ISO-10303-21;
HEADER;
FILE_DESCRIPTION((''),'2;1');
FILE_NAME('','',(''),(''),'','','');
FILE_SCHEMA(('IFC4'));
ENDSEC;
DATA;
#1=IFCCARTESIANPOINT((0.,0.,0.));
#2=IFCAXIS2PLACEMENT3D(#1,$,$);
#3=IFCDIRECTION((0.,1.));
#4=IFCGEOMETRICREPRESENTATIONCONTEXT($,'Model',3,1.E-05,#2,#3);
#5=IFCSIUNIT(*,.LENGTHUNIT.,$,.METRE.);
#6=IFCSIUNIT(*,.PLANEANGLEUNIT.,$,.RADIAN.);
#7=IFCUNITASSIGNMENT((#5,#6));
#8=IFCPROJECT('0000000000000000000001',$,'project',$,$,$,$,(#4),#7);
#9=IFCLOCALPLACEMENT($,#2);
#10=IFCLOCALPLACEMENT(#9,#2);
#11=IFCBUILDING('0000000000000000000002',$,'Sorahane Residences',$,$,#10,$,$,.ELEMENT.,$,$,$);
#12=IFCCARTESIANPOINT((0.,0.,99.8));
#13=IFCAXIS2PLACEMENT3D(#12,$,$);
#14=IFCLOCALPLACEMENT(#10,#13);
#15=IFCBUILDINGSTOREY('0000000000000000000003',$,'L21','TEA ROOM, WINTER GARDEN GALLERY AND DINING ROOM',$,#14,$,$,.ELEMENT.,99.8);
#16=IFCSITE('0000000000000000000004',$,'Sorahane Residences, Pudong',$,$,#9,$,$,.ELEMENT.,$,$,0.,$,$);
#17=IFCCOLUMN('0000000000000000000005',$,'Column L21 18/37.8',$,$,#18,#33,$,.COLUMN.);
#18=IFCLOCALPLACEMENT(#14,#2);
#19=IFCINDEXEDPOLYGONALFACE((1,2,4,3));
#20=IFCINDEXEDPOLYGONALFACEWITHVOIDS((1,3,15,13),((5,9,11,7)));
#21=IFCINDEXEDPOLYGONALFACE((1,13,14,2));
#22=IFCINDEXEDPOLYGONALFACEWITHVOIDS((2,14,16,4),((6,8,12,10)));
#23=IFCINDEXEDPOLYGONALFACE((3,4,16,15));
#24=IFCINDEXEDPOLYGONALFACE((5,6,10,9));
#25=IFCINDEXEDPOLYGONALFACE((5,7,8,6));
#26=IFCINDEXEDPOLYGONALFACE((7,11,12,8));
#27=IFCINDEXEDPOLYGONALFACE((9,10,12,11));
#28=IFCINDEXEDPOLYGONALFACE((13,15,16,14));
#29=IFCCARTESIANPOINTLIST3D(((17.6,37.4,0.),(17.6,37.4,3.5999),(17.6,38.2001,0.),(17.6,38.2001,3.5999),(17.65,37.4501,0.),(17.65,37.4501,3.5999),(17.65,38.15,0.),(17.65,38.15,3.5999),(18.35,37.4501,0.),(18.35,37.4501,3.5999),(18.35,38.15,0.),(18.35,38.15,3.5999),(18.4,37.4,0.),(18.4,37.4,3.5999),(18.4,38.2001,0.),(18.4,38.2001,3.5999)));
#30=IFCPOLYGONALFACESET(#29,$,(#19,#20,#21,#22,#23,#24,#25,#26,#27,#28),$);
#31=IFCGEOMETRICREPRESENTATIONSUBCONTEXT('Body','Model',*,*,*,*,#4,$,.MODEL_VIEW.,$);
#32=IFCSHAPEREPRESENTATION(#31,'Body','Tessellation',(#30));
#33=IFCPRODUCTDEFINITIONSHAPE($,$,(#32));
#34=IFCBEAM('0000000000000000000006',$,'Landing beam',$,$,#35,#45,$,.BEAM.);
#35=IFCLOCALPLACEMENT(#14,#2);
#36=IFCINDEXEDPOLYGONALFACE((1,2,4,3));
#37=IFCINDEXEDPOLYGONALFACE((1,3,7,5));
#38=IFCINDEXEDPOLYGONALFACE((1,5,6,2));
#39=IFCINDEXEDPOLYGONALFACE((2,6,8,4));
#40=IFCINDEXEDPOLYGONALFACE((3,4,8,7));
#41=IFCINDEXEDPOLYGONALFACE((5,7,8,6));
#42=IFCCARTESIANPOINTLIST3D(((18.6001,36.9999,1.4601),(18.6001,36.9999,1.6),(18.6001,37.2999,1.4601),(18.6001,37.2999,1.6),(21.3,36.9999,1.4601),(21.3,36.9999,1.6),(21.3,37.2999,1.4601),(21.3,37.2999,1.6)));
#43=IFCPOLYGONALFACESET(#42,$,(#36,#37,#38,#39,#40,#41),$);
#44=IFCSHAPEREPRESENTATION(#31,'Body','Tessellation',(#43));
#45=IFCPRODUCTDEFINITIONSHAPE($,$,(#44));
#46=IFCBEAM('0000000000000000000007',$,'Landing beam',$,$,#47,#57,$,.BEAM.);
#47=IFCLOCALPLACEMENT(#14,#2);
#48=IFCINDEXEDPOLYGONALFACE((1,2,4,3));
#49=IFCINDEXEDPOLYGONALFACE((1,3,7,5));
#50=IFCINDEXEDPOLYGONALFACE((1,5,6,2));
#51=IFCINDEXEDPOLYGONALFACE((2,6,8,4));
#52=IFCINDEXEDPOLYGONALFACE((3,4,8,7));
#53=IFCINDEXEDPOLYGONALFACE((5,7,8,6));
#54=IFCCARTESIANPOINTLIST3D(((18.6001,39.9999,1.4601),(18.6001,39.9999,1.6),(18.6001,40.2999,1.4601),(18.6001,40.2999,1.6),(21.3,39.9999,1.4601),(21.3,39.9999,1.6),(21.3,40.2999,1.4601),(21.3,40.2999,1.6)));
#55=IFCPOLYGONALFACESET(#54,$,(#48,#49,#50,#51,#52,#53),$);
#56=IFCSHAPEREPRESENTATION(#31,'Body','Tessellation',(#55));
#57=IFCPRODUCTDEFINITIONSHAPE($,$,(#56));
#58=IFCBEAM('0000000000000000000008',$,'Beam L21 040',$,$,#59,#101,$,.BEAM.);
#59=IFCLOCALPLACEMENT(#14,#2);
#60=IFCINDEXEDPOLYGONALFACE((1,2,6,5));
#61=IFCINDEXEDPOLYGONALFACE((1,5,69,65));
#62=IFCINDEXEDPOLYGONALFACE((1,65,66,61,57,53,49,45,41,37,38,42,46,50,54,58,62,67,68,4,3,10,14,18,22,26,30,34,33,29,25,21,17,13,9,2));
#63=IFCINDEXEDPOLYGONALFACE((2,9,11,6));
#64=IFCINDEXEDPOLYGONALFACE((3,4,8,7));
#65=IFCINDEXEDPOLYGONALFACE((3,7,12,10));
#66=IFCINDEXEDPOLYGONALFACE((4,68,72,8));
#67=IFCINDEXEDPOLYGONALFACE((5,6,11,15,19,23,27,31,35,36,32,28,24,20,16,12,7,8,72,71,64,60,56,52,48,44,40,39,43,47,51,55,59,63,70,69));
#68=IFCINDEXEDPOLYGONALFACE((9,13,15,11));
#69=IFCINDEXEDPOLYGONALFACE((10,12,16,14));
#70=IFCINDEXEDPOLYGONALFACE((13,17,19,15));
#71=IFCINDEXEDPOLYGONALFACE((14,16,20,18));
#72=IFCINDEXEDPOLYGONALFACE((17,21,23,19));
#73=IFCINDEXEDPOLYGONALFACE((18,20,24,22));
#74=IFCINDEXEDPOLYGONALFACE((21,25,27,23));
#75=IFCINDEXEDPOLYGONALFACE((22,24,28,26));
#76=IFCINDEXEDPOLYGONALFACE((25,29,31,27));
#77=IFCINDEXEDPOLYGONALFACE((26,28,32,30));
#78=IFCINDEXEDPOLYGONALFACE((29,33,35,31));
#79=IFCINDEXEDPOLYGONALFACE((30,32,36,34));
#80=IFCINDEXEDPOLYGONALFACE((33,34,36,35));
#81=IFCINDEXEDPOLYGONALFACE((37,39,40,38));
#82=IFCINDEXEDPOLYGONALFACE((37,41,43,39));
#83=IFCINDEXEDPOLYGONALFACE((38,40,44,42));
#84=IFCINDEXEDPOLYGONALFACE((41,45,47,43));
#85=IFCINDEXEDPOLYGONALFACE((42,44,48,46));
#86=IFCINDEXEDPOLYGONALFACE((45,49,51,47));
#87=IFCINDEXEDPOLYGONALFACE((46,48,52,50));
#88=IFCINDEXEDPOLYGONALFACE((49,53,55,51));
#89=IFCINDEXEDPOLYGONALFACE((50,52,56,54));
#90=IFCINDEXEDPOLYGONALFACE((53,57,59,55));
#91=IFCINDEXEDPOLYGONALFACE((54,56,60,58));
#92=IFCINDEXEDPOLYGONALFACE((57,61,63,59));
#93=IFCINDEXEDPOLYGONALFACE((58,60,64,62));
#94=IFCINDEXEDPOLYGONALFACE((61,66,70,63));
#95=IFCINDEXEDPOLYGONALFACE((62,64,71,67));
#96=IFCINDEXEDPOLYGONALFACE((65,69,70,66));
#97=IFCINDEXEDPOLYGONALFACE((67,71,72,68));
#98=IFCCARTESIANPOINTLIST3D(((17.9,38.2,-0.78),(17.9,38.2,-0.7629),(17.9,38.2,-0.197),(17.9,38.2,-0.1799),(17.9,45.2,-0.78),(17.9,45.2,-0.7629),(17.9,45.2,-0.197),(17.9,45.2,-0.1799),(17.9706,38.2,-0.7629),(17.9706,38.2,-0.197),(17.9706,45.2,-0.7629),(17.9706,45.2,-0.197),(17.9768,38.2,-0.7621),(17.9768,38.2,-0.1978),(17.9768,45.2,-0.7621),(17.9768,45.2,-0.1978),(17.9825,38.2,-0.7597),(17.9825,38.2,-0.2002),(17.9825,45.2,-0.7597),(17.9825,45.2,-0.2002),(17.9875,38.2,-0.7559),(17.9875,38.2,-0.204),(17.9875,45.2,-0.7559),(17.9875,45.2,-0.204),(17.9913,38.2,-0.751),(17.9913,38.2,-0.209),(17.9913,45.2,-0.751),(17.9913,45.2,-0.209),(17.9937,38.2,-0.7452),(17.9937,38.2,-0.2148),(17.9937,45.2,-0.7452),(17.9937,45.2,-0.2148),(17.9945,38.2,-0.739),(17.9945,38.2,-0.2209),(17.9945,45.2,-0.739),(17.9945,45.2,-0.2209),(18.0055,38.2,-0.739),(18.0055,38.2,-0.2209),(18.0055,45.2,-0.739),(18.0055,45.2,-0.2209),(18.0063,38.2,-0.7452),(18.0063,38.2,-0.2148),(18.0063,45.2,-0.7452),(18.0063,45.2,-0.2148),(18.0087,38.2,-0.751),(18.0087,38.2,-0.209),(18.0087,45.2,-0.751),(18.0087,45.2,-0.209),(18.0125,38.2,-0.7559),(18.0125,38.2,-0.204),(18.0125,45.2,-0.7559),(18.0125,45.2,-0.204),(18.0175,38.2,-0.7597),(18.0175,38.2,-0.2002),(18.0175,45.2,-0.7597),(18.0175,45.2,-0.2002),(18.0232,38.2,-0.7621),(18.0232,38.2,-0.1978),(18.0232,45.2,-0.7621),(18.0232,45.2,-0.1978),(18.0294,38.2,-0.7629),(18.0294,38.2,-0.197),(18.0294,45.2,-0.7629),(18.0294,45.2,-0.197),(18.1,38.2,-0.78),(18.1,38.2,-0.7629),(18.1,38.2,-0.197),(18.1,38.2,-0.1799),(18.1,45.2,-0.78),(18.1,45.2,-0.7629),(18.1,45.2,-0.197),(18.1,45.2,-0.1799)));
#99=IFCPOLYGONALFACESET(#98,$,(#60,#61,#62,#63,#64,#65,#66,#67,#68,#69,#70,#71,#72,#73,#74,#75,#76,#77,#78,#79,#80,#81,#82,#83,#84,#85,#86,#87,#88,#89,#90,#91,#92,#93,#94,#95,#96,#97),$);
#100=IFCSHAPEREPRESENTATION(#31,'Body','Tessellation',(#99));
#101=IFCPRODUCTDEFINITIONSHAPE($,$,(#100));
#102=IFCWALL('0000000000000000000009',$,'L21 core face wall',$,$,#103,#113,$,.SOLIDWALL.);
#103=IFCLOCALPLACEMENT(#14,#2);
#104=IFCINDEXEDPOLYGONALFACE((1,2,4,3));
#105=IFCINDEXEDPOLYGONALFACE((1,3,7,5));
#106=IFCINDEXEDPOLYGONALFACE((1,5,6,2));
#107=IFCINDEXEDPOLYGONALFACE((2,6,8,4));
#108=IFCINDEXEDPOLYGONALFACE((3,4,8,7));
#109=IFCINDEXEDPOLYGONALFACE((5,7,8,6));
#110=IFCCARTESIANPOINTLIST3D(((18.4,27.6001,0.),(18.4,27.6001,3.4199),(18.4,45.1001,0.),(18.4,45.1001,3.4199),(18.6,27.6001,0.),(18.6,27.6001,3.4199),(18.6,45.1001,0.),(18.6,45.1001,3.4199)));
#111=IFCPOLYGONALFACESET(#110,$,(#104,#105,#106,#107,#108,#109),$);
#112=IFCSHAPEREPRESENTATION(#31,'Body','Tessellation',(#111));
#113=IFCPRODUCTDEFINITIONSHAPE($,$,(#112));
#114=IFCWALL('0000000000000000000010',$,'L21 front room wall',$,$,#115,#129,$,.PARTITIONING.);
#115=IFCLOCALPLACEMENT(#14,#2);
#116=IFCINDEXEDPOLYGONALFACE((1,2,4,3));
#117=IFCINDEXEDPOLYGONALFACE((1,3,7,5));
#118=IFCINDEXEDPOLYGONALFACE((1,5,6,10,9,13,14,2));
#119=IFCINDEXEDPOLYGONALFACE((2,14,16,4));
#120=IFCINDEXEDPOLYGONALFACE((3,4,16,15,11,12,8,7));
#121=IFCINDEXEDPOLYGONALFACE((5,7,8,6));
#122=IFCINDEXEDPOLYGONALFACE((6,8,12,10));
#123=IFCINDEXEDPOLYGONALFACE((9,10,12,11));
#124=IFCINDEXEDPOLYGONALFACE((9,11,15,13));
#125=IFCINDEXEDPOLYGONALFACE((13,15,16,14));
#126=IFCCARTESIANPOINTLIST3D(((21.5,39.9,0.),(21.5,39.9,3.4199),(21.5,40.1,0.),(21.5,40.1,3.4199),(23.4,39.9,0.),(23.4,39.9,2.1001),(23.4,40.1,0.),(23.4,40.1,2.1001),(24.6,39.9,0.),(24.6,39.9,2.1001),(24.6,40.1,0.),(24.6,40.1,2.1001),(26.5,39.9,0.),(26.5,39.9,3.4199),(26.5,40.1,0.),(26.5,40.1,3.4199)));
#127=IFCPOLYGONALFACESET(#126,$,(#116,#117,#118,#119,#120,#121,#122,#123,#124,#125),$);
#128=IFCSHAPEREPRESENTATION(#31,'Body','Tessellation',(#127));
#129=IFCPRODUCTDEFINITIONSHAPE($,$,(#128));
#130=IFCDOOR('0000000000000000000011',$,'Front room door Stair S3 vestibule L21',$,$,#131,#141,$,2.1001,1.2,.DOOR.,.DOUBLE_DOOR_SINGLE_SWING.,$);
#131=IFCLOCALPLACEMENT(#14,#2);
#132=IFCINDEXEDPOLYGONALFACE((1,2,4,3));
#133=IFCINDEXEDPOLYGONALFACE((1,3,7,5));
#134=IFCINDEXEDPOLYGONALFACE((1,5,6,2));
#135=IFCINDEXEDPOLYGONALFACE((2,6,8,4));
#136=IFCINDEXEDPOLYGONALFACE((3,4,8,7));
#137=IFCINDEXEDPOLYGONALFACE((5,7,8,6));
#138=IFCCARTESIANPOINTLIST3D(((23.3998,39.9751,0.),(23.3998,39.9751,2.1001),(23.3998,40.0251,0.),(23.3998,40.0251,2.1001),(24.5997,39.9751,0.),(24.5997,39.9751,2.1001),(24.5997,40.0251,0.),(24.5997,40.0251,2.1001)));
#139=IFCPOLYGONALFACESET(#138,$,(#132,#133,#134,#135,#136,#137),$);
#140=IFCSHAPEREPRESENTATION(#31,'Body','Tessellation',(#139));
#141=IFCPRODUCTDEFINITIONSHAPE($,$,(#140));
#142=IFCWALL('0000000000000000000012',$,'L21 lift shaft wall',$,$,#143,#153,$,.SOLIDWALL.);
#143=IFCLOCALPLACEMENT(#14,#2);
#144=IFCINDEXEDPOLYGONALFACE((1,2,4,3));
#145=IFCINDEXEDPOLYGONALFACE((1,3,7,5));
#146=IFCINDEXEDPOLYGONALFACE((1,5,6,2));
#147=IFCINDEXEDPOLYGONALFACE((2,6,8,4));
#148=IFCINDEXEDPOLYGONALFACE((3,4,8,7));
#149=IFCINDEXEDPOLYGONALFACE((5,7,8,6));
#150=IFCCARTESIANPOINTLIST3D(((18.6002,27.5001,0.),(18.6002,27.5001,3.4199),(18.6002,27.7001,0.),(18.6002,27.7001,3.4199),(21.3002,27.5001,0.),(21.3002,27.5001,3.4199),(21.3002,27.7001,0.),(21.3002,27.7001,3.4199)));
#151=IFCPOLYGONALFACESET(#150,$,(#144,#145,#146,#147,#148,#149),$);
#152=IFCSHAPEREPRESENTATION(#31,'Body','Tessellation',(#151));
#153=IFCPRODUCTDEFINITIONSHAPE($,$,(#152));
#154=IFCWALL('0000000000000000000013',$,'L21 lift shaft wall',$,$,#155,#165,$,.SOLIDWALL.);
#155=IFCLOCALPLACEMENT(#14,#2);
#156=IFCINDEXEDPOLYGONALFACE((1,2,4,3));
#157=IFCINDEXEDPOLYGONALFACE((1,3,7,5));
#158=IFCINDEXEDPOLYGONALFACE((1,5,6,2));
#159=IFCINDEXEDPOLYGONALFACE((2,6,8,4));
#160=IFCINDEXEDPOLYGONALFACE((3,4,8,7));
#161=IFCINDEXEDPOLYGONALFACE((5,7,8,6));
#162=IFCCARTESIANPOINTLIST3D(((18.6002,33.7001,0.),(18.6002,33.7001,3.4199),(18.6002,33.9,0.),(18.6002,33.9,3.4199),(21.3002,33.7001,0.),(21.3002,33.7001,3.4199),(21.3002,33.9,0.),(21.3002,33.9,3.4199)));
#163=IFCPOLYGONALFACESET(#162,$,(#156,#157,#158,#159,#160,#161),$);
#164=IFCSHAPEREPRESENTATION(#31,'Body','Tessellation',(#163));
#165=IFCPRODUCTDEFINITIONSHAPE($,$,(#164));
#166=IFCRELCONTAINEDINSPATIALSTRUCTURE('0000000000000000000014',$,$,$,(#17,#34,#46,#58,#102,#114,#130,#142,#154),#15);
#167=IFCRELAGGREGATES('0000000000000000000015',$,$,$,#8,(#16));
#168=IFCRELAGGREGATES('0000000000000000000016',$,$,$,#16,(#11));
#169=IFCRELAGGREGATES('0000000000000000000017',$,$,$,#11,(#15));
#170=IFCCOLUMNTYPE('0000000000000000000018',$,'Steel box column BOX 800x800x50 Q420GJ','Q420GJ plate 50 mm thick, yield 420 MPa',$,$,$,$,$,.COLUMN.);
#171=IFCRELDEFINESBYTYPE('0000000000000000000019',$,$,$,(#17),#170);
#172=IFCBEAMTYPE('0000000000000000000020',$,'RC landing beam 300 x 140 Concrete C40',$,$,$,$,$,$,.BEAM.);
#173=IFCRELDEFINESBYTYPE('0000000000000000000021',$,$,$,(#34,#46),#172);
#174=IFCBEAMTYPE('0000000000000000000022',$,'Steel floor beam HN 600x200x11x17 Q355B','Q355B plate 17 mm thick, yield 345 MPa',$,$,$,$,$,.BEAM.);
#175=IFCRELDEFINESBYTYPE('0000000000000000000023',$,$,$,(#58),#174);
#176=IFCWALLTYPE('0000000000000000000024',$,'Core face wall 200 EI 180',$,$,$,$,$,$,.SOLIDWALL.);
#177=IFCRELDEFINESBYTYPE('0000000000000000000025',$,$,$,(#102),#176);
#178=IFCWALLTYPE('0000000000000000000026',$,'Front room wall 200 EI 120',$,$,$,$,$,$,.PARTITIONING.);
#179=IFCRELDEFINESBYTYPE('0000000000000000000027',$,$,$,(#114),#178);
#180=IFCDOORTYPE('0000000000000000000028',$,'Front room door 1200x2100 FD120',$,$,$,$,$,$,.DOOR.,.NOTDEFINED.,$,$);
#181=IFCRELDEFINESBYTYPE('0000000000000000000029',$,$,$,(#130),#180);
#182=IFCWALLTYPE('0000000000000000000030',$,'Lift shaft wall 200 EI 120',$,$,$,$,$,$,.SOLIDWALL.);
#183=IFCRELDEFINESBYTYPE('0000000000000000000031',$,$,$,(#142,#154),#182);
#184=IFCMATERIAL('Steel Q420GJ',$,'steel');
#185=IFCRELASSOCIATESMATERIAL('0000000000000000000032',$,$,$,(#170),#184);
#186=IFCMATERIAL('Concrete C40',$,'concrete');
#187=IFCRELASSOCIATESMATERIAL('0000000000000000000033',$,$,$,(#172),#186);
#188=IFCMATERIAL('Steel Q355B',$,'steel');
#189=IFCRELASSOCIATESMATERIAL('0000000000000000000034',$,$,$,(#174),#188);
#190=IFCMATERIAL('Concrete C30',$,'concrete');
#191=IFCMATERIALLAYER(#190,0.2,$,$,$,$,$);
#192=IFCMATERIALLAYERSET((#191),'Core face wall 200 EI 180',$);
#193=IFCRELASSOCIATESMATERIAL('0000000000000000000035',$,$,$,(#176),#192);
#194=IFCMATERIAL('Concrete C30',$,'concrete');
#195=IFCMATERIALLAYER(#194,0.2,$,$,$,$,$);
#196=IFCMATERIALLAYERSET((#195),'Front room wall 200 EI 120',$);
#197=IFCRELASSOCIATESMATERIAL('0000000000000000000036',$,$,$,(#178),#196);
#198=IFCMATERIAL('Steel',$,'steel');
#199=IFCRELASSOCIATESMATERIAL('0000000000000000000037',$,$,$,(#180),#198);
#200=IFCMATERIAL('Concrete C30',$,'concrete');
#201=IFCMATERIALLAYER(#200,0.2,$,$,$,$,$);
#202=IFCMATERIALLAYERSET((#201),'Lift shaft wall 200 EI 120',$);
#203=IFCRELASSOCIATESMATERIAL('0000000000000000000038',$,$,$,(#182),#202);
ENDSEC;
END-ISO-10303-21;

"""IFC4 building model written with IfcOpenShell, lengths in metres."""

from ifc_helpers import new_model, si_unit, direction, frame, frame_2d, origin, origin_2d, place, context, subcontext, project, spatial, rectangle, hollow_rectangle, i_section, extrude, material, layer, layer_set, material_profile, profile_set, type_object, element, fill, save


model = new_model("IFC4")

# Units and contexts
model_context = context("Model", 3, precision=1e-05, world=origin(), true_north=direction((0.0, 1.0)))
body_context = subcontext(model_context, "Body", "Model", "MODEL_VIEW")
ifc_project = project(units=[si_unit("LENGTHUNIT", "METRE"), si_unit("PLANEANGLEUNIT", "RADIAN")], contexts=[model_context])

# Site, building, storey
site_placement = place(None, origin())
site = spatial("IfcSite", under=ifc_project, at=site_placement, Name="Sorahane Residences, Pudong", CompositionType="ELEMENT", RefElevation=0.0)
building_placement = place(site_placement, origin())
building = spatial("IfcBuilding", under=site, at=building_placement, Name="Sorahane Residences", CompositionType="ELEMENT")
storey_placement = place(building_placement, frame((0.0, 0.0, 99.8)))
storey = spatial("IfcBuildingStorey", under=building, at=storey_placement, Name="L21", Description="TEA ROOM, WINTER GARDEN GALLERY AND DINING ROOM", CompositionType="ELEMENT", Elevation=99.8)

# Column
ifc_material_1 = material(Name="Steel Q420GJ", Category="steel")
ifc_material_profile_1 = material_profile(ifc_material_1, hollow_rectangle(XDim=0.8, YDim=0.8, WallThickness=0.05, at=origin_2d()), Name="BOX 800x800x50")
ifc_profile_set_1 = profile_set([ifc_material_profile_1], Name="Steel Q420GJ")
column_type = type_object("IfcColumnType", Name="Steel box column BOX 800x800x50 Q420GJ", Description="Q420GJ plate 50 mm thick, yield 420 MPa", PredefinedType="COLUMN", material=ifc_profile_set_1)
column_placement = place(storey_placement, frame((18.0, 37.8, 0.0), z_axis=(0.0, 0.0, 1.0), x_axis=(1.0, 0.0, 0.0)))
element("IfcColumn", 1, at=column_placement, inside=storey, type_object=column_type, Name="Column L21 18/37.8", PredefinedType="COLUMN", context=body_context, shape_type="SweptSolid", body=[
    extrude(hollow_rectangle(XDim=0.8, YDim=0.8, WallThickness=0.05, at=origin_2d()), origin(), (0.0, 0.0, 1.0), 3.5999),
])

# Beams
ifc_material_2 = material(Name="Concrete C40", Category="concrete")
ifc_material_profile_2 = material_profile(ifc_material_2, rectangle(XDim=0.3, YDim=0.1399, at=origin_2d()), Name="300x140")
ifc_profile_set_2 = profile_set([ifc_material_profile_2], Name="Concrete C40")
beam_type_1 = type_object("IfcBeamType", Name="RC landing beam 300 x 140 Concrete C40", PredefinedType="BEAM", material=ifc_profile_set_2)
for number, where, z_axis, x_axis, name in (
    (2, (18.6001, 37.1499, 1.53), (1.0, 0.0, 0.0), (0.0, 1.0, 0.0), "Landing beam"),
    (3, (18.6001, 40.1499, 1.53), (1.0, 0.0, 0.0), (0.0, 1.0, 0.0), "Landing beam"),
):
    element("IfcBeam", number, at=place(storey_placement, frame(where, z_axis=z_axis, x_axis=x_axis)), inside=storey, type_object=beam_type_1, Name=name, PredefinedType="BEAM", context=body_context, shape_type="SweptSolid", body=[
        extrude(rectangle(XDim=0.3, YDim=0.1399, at=origin_2d()), origin(), (0.0, 0.0, 1.0), 2.7),
    ])
ifc_material_3 = material(Name="Steel Q355B", Category="steel")
ifc_material_profile_3 = material_profile(ifc_material_3, i_section(OverallWidth=0.2, OverallDepth=0.6001, WebThickness=0.011, FlangeThickness=0.0171, FilletRadius=0.0239, at=origin_2d()), Name="HN 600x200x11x17")
ifc_profile_set_3 = profile_set([ifc_material_profile_3], Name="Steel Q355B")
beam_type_2 = type_object("IfcBeamType", Name="Steel floor beam HN 600x200x11x17 Q355B", Description="Q355B plate 17 mm thick, yield 345 MPa", PredefinedType="BEAM", material=ifc_profile_set_3)
beam_placement = place(storey_placement, frame((18.0, 38.2, -0.48), z_axis=(0.0, 1.0, 0.0), x_axis=(-1.0, 0.0, 0.0)))
element("IfcBeam", 4, at=beam_placement, inside=storey, type_object=beam_type_2, Name="Beam L21 040", PredefinedType="BEAM", context=body_context, shape_type="SweptSolid", body=[
    extrude(i_section(OverallWidth=0.2, OverallDepth=0.6001, WebThickness=0.011, FlangeThickness=0.0171, FilletRadius=0.0239, at=origin_2d()), origin(), (0.0, 0.0, 1.0), 7.0),
])

# Wall
ifc_material_4 = material(Name="Concrete C30", Category="concrete")
ifc_layer_1 = layer(ifc_material_4, 0.2)
ifc_layer_set_1 = layer_set([ifc_layer_1], Name="Core face wall 200 EI 180")
wall_type_1 = type_object("IfcWallType", Name="Core face wall 200 EI 180", PredefinedType="SOLIDWALL", material=ifc_layer_set_1)
wall_1_placement = place(storey_placement, frame((18.5, 27.6001, 0.0), z_axis=(0.0, 0.0, 1.0), x_axis=(0.0, 1.0, 0.0)))
element("IfcWall", 5, at=wall_1_placement, inside=storey, type_object=wall_type_1, Name="L21 core face wall", PredefinedType="SOLIDWALL", context=body_context, shape_type="SweptSolid", body=[
    extrude(rectangle(XDim=17.5, YDim=0.2, at=frame_2d((8.75, 0.0))), origin(), (0.0, 0.0, 1.0), 3.4199),
])

# Wall, opening, door
ifc_material_5 = material(Name="Concrete C30", Category="concrete")
ifc_layer_2 = layer(ifc_material_5, 0.2)
ifc_layer_set_2 = layer_set([ifc_layer_2], Name="Front room wall 200 EI 120")
wall_type_2 = type_object("IfcWallType", Name="Front room wall 200 EI 120", PredefinedType="PARTITIONING", material=ifc_layer_set_2)
wall_2_placement = place(storey_placement, frame((21.5, 40.0, 0.0), z_axis=(0.0, 0.0, 1.0), x_axis=(1.0, 0.0, 0.0)))
wall_2 = element("IfcWall", 6, at=wall_2_placement, inside=storey, type_object=wall_type_2, Name="L21 front room wall", PredefinedType="PARTITIONING", context=body_context, shape_type="SweptSolid", body=[
    extrude(rectangle(XDim=5.0, YDim=0.2, at=frame_2d((2.5, 0.0))), origin(), (0.0, 0.0, 1.0), 3.4199),
])
opening_1_placement = place(wall_2_placement, frame((1.8999, 0.0, 0.0)))
opening_1 = element("IfcOpeningElement", 7, at=opening_1_placement, cuts=wall_2, PredefinedType="OPENING", context=body_context, shape_type="SweptSolid", body=[
    extrude(rectangle(XDim=1.2, YDim=2.1001, at=frame_2d((0.6001, 1.05))), frame((0.0, 0.1099, 0.0), z_axis=(0.0, -1.0, 0.0), x_axis=(1.0, 0.0, 0.0)), (0.0, 0.0, 1.0), 0.22),
])
ifc_material_6 = material(Name="Steel", Category="steel")
door_type_1 = type_object("IfcDoorType", Name="Front room door 1200x2100 FD120", OperationType="NOTDEFINED", PredefinedType="DOOR", material=ifc_material_6)
door_1_placement = place(opening_1_placement, frame((1.2, 0.0, 0.0), z_axis=(0.0, 0.0, 1.0), x_axis=(-1.0, 0.0, 0.0)))
door_1 = element("IfcDoor", 8, at=door_1_placement, inside=storey, type_object=door_type_1, Name="Front room door Stair S3 vestibule L21", OperationType="DOUBLE_DOOR_SINGLE_SWING", OverallHeight=2.1001, OverallWidth=1.2, PredefinedType="DOOR", context=body_context, shape_type="SweptSolid", body=[
    extrude(rectangle(XDim=1.2, YDim=2.1001, at=frame_2d((0.6001, 1.05))), frame((0.0, 0.0249, 0.0), z_axis=(0.0, -1.0, 0.0), x_axis=(1.0, 0.0, 0.0)), (0.0, 0.0, 1.0), 0.05),
])
fill(opening_1, door_1)

# Walls
ifc_material_7 = material(Name="Concrete C30", Category="concrete")
ifc_layer_3 = layer(ifc_material_7, 0.2)
ifc_layer_set_3 = layer_set([ifc_layer_3], Name="Lift shaft wall 200 EI 120")
wall_type_3 = type_object("IfcWallType", Name="Lift shaft wall 200 EI 120", PredefinedType="SOLIDWALL", material=ifc_layer_set_3)
for number, where, z_axis, x_axis, name in (
    (9, (18.6001, 27.6001, 0.0), (0.0, 0.0, 1.0), (1.0, 0.0, 0.0), "L21 lift shaft wall"),
    (10, (18.6001, 33.8, 0.0), (0.0, 0.0, 1.0), (1.0, 0.0, 0.0), "L21 lift shaft wall"),
):
    element("IfcWall", number, at=place(storey_placement, frame(where, z_axis=z_axis, x_axis=x_axis)), inside=storey, type_object=wall_type_3, Name=name, PredefinedType="SOLIDWALL", context=body_context, shape_type="SweptSolid", body=[
        extrude(rectangle(XDim=2.7, YDim=0.2, at=frame_2d((1.3501, 0.0))), origin(), (0.0, 0.0, 1.0), 3.4199),
    ])

save(model, "model.ifc")
